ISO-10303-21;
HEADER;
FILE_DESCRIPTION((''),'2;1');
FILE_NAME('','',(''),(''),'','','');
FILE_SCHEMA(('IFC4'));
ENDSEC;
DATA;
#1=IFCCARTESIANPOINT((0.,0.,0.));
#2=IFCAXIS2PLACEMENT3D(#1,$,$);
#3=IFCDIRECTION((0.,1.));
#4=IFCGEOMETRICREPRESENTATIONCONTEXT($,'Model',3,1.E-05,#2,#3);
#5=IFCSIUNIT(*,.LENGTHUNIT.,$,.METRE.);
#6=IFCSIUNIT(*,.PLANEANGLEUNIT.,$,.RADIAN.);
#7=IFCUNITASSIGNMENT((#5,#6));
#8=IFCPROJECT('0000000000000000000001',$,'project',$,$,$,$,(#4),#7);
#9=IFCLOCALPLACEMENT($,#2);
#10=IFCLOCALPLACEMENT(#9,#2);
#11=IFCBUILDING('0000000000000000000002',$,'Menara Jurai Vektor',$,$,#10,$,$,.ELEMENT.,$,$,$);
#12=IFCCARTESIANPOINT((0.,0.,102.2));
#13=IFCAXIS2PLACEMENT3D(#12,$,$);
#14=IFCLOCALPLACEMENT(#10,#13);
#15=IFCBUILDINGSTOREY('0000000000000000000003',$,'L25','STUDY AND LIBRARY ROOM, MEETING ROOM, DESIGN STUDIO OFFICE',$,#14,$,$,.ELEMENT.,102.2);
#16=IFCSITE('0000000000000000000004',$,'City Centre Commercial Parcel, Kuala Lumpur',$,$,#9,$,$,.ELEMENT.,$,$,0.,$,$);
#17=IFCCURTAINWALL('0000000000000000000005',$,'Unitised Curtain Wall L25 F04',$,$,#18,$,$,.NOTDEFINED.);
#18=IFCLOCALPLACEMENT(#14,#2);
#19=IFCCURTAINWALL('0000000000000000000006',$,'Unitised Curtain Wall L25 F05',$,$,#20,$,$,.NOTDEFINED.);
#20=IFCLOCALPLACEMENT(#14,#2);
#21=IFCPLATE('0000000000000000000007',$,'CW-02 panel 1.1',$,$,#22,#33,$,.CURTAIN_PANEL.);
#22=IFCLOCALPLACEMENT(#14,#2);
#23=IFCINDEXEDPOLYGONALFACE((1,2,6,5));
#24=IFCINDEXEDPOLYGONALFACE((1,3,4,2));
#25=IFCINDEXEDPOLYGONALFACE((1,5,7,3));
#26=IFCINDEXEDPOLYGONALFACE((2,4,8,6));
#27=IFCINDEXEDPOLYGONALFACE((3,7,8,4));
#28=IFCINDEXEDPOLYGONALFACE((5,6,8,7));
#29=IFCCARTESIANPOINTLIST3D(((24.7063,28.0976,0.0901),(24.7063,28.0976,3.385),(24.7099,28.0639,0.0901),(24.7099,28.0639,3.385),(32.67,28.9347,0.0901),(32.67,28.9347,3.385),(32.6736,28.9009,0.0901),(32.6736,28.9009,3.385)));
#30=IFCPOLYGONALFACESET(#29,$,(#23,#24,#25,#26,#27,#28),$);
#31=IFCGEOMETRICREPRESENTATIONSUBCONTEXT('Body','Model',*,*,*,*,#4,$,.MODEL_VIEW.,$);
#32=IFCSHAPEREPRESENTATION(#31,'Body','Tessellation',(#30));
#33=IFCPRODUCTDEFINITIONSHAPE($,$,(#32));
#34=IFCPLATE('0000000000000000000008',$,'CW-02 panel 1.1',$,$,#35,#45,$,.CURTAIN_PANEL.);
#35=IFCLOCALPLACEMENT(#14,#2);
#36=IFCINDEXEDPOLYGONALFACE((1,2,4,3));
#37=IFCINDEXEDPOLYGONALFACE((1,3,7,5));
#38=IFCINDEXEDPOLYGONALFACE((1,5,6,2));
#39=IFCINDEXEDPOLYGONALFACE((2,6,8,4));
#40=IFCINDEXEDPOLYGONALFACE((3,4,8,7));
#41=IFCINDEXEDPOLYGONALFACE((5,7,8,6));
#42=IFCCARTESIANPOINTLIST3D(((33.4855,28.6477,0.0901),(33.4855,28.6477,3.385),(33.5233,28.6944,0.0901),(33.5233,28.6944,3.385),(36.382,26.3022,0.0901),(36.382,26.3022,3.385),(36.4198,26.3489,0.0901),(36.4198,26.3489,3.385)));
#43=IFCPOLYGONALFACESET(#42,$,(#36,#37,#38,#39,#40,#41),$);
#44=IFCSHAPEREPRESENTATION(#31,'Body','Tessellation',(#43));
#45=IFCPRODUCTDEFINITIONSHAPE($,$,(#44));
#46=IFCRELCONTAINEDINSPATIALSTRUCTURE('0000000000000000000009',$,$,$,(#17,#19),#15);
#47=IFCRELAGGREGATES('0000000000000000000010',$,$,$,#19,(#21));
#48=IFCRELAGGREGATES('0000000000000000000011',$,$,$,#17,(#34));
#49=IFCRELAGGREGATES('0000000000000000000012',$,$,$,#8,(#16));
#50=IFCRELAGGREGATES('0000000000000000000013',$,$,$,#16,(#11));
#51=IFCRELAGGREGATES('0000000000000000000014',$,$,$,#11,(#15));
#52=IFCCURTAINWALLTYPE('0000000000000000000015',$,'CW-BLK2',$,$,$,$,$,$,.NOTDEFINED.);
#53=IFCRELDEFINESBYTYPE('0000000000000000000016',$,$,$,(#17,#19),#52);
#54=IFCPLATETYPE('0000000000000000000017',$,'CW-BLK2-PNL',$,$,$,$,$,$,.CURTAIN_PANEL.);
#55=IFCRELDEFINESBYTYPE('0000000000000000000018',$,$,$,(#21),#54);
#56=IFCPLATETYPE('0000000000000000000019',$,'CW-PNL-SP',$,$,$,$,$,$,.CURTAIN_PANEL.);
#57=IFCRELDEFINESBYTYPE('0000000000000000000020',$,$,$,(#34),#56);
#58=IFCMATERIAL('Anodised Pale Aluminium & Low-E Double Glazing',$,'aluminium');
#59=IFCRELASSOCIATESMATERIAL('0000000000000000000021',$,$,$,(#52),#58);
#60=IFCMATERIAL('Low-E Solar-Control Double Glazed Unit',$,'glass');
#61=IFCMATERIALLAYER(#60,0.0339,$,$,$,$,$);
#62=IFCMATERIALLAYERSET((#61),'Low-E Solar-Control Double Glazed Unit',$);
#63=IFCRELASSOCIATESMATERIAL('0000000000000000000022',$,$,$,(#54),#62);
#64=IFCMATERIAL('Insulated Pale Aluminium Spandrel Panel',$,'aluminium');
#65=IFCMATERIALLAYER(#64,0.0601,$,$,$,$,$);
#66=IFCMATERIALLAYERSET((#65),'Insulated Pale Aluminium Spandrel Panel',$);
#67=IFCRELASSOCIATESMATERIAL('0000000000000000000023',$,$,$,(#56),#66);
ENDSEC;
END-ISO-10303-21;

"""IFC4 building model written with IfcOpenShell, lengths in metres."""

from ifc_helpers import new_model, si_unit, direction, frame, origin, origin_2d, place, context, subcontext, project, spatial, rectangle, extrude, material, layer, layer_set, type_object, element, aggregate, save


model = new_model("IFC4")

# Units and contexts
model_context = context("Model", 3, precision=1e-05, world=origin(), true_north=direction((0.0, 1.0)))
body_context = subcontext(model_context, "Body", "Model", "MODEL_VIEW")
ifc_project = project(units=[si_unit("LENGTHUNIT", "METRE"), si_unit("PLANEANGLEUNIT", "RADIAN")], contexts=[model_context])

# Site, building, storey
site_placement = place(None, origin())
site = spatial("IfcSite", under=ifc_project, at=site_placement, Name="City Centre Commercial Parcel, Kuala Lumpur", CompositionType="ELEMENT", RefElevation=0.0)
building_placement = place(site_placement, origin())
building = spatial("IfcBuilding", under=site, at=building_placement, Name="Menara Jurai Vektor", CompositionType="ELEMENT")
storey_placement = place(building_placement, frame((0.0, 0.0, 102.2)))
storey = spatial("IfcBuildingStorey", under=building, at=storey_placement, Name="L25", Description="STUDY AND LIBRARY ROOM, MEETING ROOM, DESIGN STUDIO OFFICE", CompositionType="ELEMENT", Elevation=102.2)

# Shared definitions
ifc_material_1 = material(Name="Anodised Pale Aluminium & Low-E Double Glazing", Category="aluminium")
curtain_wall_type = type_object("IfcCurtainWallType", Name="CW-BLK2", PredefinedType="NOTDEFINED", material=ifc_material_1)

# Curtain walls
curtain_wall_1_placement = place(storey_placement, origin())
curtain_wall_1 = element("IfcCurtainWall", 1, at=curtain_wall_1_placement, inside=storey, type_object=curtain_wall_type, Name="Unitised Curtain Wall L25 F04", PredefinedType="NOTDEFINED")
curtain_wall_2_placement = place(storey_placement, origin())
curtain_wall_2 = element("IfcCurtainWall", 2, at=curtain_wall_2_placement, inside=storey, type_object=curtain_wall_type, Name="Unitised Curtain Wall L25 F05", PredefinedType="NOTDEFINED")

# Plates
ifc_material_2 = material(Name="Low-E Solar-Control Double Glazed Unit", Category="glass")
ifc_layer_1 = layer(ifc_material_2, 0.0339)
ifc_layer_set_1 = layer_set([ifc_layer_1], Name="Low-E Solar-Control Double Glazed Unit")
plate_type_1 = type_object("IfcPlateType", Name="CW-BLK2-PNL", PredefinedType="CURTAIN_PANEL", material=ifc_layer_set_1)
plate_1_placement = place(storey_placement, frame((28.6899, 28.4993, 0.0901), z_axis=(0.0, 0.0, 1.0), x_axis=(-0.994522, -0.104529, 0.0)))
plate_1 = element("IfcPlate", 3, at=plate_1_placement, type_object=plate_type_1, Name="CW-02 panel 1.1", PredefinedType="CURTAIN_PANEL", context=body_context, shape_type="SweptSolid", body=[
    extrude(rectangle(XDim=8.0076, YDim=0.0339, at=origin_2d()), origin(), (0.0, 0.0, 1.0), 3.2949),
])
aggregate(curtain_wall_2, [plate_1])
ifc_material_3 = material(Name="Insulated Pale Aluminium Spandrel Panel", Category="aluminium")
ifc_layer_2 = layer(ifc_material_3, 0.0601)
ifc_layer_set_2 = layer_set([ifc_layer_2], Name="Insulated Pale Aluminium Spandrel Panel")
plate_type_2 = type_object("IfcPlateType", Name="CW-PNL-SP", PredefinedType="CURTAIN_PANEL", material=ifc_layer_set_2)
plate_2_placement = place(storey_placement, frame((34.9526, 27.4983, 0.0901), z_axis=(0.0, 0.0, 1.0), x_axis=(-0.777152, 0.629313, 0.0)))
plate_2 = element("IfcPlate", 4, at=plate_2_placement, type_object=plate_type_2, Name="CW-02 panel 1.1", PredefinedType="CURTAIN_PANEL", context=body_context, shape_type="SweptSolid", body=[
    extrude(rectangle(XDim=3.7271, YDim=0.0601, at=origin_2d()), origin(), (0.0, 0.0, 1.0), 3.2949),
])
aggregate(curtain_wall_1, [plate_2])

save(model, "model.ifc")
